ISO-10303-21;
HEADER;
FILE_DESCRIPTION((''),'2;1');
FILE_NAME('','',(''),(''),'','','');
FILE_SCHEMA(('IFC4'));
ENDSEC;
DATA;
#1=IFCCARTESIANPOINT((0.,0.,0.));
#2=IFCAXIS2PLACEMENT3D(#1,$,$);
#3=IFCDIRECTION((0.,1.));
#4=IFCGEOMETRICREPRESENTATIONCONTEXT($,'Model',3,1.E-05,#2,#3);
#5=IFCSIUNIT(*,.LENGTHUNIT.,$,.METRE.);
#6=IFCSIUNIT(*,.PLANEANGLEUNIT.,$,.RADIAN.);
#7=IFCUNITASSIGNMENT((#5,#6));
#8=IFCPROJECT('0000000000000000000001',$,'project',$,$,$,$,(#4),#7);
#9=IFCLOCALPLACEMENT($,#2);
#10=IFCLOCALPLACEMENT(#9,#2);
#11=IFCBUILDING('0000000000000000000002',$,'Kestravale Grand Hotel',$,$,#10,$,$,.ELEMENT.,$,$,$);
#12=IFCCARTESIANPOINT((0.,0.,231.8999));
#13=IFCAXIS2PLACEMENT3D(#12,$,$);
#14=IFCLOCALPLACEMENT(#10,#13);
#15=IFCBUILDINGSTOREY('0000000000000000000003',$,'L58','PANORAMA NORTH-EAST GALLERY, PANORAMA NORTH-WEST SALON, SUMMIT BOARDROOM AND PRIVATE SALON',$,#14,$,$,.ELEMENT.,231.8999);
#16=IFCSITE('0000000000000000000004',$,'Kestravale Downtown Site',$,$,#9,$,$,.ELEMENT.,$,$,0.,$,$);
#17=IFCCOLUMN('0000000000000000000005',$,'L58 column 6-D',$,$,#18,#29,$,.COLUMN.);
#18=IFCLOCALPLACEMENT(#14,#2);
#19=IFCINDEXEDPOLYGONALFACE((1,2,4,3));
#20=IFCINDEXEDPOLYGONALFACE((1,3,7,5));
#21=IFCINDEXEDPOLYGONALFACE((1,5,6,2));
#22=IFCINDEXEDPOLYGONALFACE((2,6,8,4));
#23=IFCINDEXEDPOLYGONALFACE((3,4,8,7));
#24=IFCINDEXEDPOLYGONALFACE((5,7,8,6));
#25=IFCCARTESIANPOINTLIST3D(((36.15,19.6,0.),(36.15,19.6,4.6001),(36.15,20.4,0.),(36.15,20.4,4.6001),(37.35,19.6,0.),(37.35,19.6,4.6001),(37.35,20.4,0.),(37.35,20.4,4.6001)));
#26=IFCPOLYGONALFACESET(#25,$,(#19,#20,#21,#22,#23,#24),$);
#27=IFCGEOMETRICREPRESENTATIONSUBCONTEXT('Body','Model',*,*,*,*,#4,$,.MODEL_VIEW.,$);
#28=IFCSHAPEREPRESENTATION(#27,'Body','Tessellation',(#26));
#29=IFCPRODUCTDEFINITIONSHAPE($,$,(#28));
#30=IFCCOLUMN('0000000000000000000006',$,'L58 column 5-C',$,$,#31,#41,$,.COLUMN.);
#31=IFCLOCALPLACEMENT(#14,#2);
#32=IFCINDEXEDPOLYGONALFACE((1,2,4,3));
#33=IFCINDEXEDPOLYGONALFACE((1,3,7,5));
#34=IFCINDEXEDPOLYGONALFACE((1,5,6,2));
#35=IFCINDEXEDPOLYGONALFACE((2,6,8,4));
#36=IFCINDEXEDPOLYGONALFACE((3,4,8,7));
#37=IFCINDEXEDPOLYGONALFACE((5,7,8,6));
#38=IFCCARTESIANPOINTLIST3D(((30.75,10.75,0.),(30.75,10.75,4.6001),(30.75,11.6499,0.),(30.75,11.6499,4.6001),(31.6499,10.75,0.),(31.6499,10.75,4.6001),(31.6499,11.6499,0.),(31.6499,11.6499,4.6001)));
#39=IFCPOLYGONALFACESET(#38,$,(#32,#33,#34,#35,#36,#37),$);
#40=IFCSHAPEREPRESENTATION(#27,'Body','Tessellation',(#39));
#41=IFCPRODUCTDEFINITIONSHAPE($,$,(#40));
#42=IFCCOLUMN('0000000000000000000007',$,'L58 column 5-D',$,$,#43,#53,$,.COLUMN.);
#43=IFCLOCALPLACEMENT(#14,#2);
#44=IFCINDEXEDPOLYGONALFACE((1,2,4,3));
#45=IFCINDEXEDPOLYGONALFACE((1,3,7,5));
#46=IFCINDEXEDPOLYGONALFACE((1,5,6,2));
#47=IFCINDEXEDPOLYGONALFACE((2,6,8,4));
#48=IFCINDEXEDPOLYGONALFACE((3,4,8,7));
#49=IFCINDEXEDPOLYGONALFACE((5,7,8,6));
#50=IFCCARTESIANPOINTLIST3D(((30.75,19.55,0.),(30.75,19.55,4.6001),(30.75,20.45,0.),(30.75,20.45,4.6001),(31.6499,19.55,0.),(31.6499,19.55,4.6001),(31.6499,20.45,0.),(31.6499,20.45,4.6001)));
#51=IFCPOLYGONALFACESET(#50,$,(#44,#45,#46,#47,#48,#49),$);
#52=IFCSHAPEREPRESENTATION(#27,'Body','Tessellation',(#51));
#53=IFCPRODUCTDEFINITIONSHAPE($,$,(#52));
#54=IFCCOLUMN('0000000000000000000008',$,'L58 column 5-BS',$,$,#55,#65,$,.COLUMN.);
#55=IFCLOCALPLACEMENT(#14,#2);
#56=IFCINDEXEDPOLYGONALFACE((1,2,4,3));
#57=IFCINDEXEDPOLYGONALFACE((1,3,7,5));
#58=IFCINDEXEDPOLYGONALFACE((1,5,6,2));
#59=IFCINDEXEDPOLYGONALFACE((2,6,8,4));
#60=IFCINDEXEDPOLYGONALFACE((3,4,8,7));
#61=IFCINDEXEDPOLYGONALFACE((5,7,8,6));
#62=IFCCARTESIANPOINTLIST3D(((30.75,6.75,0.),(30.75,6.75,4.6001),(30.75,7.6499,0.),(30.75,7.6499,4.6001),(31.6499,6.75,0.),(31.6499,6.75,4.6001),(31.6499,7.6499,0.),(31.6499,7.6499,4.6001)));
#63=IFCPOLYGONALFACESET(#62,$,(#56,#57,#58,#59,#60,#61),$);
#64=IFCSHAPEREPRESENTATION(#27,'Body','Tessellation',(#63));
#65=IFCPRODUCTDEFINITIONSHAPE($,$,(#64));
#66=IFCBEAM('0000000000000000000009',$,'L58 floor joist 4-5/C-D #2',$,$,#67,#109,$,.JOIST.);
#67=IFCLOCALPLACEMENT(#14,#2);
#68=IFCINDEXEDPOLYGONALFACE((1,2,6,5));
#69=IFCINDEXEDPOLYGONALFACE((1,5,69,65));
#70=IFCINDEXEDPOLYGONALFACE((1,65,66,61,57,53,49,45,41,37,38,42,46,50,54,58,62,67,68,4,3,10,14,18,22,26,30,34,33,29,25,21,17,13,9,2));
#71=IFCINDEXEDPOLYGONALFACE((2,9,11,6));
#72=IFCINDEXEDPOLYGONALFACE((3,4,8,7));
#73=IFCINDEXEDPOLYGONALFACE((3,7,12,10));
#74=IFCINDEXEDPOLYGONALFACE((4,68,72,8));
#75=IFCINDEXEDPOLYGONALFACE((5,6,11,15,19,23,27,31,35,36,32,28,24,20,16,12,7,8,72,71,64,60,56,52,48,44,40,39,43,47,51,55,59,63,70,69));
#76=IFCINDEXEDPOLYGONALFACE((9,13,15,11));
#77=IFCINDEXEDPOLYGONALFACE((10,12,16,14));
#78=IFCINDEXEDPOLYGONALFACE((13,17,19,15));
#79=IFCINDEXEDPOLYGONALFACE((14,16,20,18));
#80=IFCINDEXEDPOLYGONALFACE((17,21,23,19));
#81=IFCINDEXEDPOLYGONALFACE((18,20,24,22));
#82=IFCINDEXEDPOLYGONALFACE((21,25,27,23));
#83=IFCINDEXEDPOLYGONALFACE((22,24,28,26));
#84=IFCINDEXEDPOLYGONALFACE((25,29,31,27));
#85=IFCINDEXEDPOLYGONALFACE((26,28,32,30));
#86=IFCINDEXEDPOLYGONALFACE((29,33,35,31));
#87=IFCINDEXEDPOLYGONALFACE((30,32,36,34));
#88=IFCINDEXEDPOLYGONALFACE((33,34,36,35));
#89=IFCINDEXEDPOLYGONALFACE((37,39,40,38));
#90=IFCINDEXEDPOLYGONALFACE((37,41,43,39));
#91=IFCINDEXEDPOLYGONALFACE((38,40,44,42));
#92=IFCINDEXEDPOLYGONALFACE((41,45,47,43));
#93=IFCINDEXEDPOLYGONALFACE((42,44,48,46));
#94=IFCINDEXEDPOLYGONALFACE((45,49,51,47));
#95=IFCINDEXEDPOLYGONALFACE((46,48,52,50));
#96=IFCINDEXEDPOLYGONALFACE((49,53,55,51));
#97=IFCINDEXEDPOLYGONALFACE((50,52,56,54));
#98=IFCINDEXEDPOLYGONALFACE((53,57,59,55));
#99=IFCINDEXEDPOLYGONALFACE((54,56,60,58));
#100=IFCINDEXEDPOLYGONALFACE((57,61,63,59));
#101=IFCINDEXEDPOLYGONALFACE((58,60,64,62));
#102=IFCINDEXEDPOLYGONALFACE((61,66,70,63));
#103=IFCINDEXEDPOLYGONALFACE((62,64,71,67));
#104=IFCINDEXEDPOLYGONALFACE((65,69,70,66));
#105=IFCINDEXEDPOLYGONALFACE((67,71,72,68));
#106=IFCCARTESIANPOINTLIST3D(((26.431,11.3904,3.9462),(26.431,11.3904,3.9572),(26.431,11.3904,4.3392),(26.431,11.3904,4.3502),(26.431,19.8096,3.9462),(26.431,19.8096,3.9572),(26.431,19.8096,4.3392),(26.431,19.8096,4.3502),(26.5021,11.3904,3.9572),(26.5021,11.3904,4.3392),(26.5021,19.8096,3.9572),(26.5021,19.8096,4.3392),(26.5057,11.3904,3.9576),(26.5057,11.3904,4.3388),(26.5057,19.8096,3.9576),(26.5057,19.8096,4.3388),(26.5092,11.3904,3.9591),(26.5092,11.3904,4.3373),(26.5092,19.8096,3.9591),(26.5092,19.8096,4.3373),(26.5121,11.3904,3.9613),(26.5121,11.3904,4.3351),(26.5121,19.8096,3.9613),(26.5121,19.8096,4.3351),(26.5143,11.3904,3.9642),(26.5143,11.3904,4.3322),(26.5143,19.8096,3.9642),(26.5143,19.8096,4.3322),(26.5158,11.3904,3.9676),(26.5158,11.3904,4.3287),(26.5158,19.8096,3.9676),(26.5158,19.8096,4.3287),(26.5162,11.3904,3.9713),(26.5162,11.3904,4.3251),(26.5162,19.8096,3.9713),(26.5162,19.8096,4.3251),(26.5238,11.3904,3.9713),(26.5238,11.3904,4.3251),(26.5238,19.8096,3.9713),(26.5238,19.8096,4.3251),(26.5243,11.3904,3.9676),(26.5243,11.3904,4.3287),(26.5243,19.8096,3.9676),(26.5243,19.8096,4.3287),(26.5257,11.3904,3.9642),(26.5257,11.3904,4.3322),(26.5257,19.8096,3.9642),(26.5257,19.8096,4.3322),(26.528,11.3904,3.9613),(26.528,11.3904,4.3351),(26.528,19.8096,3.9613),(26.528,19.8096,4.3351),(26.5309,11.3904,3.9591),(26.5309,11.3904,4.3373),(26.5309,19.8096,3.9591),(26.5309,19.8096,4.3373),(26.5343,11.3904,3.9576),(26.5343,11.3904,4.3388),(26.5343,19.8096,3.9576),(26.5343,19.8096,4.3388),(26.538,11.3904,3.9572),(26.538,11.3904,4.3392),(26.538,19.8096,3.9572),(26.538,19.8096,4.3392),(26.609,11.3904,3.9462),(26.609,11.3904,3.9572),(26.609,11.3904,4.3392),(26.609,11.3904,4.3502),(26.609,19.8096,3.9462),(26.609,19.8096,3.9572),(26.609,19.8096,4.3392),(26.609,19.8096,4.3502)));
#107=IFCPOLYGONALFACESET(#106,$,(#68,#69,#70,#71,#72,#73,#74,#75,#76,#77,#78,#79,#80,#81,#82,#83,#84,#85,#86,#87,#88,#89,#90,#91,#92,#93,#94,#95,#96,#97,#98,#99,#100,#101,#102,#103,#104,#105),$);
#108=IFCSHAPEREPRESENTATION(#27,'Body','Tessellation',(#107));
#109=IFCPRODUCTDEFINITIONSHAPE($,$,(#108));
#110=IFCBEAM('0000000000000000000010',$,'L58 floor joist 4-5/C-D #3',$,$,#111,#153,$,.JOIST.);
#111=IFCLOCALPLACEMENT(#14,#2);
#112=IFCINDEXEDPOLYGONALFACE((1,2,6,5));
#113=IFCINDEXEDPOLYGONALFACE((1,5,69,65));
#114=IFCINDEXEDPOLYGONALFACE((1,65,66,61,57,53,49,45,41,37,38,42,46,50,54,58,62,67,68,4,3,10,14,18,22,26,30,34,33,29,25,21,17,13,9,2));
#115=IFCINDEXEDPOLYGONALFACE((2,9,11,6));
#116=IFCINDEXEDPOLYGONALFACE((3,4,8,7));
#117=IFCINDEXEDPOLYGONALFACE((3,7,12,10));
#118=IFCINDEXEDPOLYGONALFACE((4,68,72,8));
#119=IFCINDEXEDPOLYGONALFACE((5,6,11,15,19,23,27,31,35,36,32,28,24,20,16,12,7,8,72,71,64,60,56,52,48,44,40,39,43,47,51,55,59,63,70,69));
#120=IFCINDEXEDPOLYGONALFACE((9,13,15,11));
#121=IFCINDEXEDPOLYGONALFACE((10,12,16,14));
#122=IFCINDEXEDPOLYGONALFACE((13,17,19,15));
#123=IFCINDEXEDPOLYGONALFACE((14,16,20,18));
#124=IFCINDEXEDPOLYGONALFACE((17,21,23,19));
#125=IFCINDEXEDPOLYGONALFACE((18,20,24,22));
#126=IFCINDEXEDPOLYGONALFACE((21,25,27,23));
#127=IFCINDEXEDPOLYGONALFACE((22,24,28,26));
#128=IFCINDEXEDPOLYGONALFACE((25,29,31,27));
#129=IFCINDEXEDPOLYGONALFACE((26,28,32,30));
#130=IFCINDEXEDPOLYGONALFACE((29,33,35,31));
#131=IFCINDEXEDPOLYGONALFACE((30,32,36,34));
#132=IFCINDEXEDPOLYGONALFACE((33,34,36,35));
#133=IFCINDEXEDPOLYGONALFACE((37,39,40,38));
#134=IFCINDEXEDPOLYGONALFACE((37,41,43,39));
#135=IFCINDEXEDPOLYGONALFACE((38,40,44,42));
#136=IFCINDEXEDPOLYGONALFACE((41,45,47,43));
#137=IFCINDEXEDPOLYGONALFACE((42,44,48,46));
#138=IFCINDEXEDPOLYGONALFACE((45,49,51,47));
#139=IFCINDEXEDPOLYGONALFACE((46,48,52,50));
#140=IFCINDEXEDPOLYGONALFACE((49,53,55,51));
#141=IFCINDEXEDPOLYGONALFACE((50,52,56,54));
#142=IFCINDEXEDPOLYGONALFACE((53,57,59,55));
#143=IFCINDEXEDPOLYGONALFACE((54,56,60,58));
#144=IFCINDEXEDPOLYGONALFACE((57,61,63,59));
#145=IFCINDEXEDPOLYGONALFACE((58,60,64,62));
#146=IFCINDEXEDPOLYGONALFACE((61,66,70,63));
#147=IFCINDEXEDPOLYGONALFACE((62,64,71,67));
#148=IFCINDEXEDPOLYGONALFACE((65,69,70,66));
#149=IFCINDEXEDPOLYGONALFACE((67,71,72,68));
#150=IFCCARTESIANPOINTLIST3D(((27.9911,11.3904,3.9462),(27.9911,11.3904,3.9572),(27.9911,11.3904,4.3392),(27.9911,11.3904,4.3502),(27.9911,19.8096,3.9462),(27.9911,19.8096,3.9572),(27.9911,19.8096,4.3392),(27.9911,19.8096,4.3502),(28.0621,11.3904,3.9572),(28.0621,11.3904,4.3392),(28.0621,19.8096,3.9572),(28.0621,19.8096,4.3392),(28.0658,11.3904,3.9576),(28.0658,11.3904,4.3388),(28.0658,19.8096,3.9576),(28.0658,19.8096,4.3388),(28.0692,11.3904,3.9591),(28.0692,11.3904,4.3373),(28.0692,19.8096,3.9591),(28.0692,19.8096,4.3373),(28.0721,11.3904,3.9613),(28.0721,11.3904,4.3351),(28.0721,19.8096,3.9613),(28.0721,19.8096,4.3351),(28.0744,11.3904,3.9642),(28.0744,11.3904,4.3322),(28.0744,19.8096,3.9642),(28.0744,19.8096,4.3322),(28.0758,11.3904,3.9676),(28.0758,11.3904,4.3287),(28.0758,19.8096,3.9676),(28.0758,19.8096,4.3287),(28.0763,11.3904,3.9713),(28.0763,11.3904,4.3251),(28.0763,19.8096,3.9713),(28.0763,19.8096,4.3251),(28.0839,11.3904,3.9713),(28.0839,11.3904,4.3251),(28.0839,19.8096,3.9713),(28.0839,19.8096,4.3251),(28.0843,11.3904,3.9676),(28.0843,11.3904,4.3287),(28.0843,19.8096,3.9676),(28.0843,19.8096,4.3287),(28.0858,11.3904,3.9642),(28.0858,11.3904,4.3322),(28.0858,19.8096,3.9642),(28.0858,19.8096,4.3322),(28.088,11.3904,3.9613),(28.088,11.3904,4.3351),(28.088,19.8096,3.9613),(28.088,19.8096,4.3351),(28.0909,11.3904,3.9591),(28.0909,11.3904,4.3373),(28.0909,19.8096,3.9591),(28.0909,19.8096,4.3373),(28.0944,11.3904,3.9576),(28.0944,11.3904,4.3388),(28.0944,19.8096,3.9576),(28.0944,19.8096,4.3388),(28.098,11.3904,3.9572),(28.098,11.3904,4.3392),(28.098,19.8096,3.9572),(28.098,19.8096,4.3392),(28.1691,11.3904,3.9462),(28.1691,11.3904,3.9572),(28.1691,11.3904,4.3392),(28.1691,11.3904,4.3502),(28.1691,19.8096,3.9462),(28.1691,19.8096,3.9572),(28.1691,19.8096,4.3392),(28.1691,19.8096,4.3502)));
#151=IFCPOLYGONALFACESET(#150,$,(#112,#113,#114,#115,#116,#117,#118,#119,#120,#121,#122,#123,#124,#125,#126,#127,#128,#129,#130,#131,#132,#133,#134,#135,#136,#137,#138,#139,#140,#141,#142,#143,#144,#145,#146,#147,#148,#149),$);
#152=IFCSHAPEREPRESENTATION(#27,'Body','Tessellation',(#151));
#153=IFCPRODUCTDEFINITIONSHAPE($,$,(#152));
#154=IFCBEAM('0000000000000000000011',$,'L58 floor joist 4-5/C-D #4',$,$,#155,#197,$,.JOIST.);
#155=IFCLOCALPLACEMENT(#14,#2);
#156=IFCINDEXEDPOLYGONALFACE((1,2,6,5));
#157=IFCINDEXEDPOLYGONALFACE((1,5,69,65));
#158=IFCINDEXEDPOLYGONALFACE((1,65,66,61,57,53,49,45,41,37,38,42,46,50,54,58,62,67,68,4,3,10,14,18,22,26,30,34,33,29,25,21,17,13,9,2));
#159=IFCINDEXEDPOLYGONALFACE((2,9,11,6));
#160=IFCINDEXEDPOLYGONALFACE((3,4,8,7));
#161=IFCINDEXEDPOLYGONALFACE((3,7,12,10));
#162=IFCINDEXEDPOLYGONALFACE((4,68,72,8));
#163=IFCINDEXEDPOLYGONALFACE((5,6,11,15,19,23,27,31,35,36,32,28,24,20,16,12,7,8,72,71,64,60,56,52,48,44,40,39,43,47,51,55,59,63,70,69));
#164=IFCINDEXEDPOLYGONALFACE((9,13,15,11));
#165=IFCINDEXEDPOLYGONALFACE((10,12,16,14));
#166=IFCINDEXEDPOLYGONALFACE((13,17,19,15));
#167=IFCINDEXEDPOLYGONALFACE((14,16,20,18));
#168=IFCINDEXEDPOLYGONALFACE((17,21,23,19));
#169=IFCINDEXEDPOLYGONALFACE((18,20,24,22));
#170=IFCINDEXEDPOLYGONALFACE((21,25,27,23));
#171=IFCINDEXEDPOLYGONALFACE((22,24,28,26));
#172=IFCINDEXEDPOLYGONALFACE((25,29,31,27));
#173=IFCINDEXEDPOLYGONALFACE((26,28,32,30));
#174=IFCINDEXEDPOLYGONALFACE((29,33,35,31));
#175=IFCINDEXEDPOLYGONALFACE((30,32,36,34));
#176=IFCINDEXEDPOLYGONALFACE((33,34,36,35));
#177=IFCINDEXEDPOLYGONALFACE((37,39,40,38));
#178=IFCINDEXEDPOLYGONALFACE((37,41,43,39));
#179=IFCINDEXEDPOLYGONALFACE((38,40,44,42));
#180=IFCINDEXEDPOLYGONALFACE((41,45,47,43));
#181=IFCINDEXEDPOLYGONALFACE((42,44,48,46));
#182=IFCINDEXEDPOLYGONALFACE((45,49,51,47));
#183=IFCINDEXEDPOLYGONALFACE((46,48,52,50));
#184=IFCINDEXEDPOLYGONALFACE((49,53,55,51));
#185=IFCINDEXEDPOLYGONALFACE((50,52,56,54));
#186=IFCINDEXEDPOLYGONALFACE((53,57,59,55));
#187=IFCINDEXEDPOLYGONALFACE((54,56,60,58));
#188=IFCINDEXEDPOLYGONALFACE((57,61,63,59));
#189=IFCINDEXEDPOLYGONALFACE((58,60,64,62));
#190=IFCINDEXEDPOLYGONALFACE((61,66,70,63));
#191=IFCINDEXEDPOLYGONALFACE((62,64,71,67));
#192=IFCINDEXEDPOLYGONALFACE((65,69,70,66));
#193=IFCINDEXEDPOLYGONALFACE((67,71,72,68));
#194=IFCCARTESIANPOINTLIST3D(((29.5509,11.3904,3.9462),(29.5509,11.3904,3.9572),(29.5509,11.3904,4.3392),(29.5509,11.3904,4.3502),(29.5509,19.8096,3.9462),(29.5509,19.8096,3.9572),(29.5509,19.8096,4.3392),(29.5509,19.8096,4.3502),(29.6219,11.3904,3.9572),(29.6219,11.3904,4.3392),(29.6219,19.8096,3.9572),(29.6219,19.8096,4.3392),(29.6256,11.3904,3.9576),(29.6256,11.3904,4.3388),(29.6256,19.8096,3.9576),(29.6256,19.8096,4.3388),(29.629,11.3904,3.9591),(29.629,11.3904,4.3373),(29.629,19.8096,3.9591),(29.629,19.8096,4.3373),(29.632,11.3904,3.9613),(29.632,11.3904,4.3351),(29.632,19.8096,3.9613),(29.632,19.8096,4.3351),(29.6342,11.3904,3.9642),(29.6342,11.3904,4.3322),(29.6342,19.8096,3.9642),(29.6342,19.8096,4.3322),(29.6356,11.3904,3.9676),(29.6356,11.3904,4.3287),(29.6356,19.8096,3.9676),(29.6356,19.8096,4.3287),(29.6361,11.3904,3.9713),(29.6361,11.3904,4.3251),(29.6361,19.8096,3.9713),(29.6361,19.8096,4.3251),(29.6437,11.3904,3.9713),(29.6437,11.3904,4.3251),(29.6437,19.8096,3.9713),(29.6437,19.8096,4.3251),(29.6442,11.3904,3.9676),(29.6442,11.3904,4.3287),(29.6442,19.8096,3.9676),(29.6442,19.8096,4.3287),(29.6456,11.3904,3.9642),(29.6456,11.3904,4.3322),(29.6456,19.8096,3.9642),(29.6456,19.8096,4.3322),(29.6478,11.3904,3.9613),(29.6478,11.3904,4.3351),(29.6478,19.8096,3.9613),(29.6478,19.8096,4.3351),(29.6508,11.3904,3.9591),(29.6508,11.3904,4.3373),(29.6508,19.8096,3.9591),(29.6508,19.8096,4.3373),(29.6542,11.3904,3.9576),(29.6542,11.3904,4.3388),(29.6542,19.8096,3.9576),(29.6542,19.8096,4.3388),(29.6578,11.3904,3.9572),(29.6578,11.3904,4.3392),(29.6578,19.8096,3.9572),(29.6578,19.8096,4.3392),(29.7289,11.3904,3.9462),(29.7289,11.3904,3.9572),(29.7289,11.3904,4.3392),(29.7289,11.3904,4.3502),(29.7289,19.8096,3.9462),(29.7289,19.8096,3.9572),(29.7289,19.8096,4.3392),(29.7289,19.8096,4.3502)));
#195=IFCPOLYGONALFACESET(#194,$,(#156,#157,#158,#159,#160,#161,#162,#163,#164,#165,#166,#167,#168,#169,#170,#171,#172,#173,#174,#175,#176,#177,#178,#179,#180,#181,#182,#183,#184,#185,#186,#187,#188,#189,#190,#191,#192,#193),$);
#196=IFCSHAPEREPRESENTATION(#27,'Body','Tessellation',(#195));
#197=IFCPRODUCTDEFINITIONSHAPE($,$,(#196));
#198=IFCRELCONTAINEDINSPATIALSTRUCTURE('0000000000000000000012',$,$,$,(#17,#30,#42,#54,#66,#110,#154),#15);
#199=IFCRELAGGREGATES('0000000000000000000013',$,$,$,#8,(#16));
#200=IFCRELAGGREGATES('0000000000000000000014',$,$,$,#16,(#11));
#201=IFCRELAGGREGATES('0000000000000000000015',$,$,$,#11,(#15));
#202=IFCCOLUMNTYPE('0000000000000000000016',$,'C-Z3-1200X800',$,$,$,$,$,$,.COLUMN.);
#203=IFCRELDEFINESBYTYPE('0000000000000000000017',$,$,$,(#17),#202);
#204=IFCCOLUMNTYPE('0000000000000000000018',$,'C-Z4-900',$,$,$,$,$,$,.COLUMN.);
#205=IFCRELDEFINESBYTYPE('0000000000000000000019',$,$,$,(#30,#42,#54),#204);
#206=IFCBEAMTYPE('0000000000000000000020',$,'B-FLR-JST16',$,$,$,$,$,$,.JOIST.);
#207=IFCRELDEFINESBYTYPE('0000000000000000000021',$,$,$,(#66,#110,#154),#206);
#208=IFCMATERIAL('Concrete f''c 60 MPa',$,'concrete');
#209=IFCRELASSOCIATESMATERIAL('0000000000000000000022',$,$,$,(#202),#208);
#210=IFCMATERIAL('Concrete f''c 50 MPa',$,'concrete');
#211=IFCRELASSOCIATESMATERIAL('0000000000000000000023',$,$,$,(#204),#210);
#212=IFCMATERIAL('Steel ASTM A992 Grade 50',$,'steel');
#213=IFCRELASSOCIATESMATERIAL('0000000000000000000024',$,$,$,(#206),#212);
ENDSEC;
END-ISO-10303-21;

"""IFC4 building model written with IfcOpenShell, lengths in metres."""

from ifc_helpers import new_model, si_unit, direction, frame, origin, origin_2d, place, context, subcontext, project, spatial, rectangle, i_section, extrude, material, material_profile, profile_set, type_object, element, save


model = new_model("IFC4")

# Units and contexts
model_context = context("Model", 3, precision=1e-05, world=origin(), true_north=direction((0.0, 1.0)))
body_context = subcontext(model_context, "Body", "Model", "MODEL_VIEW")
ifc_project = project(units=[si_unit("LENGTHUNIT", "METRE"), si_unit("PLANEANGLEUNIT", "RADIAN")], contexts=[model_context])

# Site, building, storey
site_placement = place(None, origin())
site = spatial("IfcSite", under=ifc_project, at=site_placement, Name="Kestravale Downtown Site", CompositionType="ELEMENT", RefElevation=0.0)
building_placement = place(site_placement, origin())
building = spatial("IfcBuilding", under=site, at=building_placement, Name="Kestravale Grand Hotel", CompositionType="ELEMENT")
storey_placement = place(building_placement, frame((0.0, 0.0, 231.8999)))
storey = spatial("IfcBuildingStorey", under=building, at=storey_placement, Name="L58", Description="PANORAMA NORTH-EAST GALLERY, PANORAMA NORTH-WEST SALON, SUMMIT BOARDROOM AND PRIVATE SALON", CompositionType="ELEMENT", Elevation=231.8999)

# Columns
ifc_material_1 = material(Name="Concrete f'c 60 MPa", Category="concrete")
ifc_material_profile_1 = material_profile(ifc_material_1, rectangle(XDim=1.2, YDim=0.8, at=origin_2d()))
ifc_profile_set_1 = profile_set([ifc_material_profile_1], Name="Concrete f'c 60 MPa")
column_type_1 = type_object("IfcColumnType", Name="C-Z3-1200X800", PredefinedType="COLUMN", material=ifc_profile_set_1)
column_placement = place(storey_placement, frame((36.75, 20.0, 0.0), z_axis=(0.0, 0.0, 1.0), x_axis=(1.0, 0.0, 0.0)))
element("IfcColumn", 1, at=column_placement, inside=storey, type_object=column_type_1, Name="L58 column 6-D", PredefinedType="COLUMN", context=body_context, shape_type="SweptSolid", body=[
    extrude(rectangle(XDim=1.2, YDim=0.8, at=origin_2d()), origin(), (0.0, 0.0, 1.0), 4.6001),
])
ifc_material_2 = material(Name="Concrete f'c 50 MPa", Category="concrete")
ifc_material_profile_2 = material_profile(ifc_material_2, rectangle(XDim=0.8999, YDim=0.8999, at=origin_2d()))
ifc_profile_set_2 = profile_set([ifc_material_profile_2], Name="Concrete f'c 50 MPa")
column_type_2 = type_object("IfcColumnType", Name="C-Z4-900", PredefinedType="COLUMN", material=ifc_profile_set_2)
for number, where, z_axis, x_axis, name in (
    (2, (31.2, 11.2, 0.0), (0.0, 0.0, 1.0), (1.0, 0.0, 0.0), "L58 column 5-C"),
    (3, (31.2, 20.0, 0.0), (0.0, 0.0, 1.0), (1.0, 0.0, 0.0), "L58 column 5-D"),
    (4, (31.2, 7.2, 0.0), (0.0, 0.0, 1.0), (1.0, 0.0, 0.0), "L58 column 5-BS"),
):
    element("IfcColumn", number, at=place(storey_placement, frame(where, z_axis=z_axis, x_axis=x_axis)), inside=storey, type_object=column_type_2, Name=name, PredefinedType="COLUMN", context=body_context, shape_type="SweptSolid", body=[
        extrude(rectangle(XDim=0.8999, YDim=0.8999, at=origin_2d()), origin(), (0.0, 0.0, 1.0), 4.6001),
    ])

# Beams
ifc_material_3 = material(Name="Steel ASTM A992 Grade 50", Category="steel")
ifc_material_profile_3 = material_profile(ifc_material_3, i_section(OverallWidth=0.178, OverallDepth=0.4041, WebThickness=0.0076, FlangeThickness=0.011, FilletRadius=0.0142, at=origin_2d()))
ifc_profile_set_3 = profile_set([ifc_material_profile_3], Name="Steel ASTM A992 Grade 50")
beam_type_1 = type_object("IfcBeamType", Name="B-FLR-JST16", PredefinedType="JOIST", material=ifc_profile_set_3)
for number, where, z_axis, x_axis, name in (
    (5, (26.52, 11.3904, 4.1482), (0.0, 1.0, 0.0), (-1.0, 0.0, 0.0), "L58 floor joist 4-5/C-D #2"),
    (6, (28.0801, 11.3904, 4.1482), (0.0, 1.0, 0.0), (-1.0, 0.0, 0.0), "L58 floor joist 4-5/C-D #3"),
    (7, (29.6399, 11.3904, 4.1482), (0.0, 1.0, 0.0), (-1.0, 0.0, 0.0), "L58 floor joist 4-5/C-D #4"),
):
    element("IfcBeam", number, at=place(storey_placement, frame(where, z_axis=z_axis, x_axis=x_axis)), inside=storey, type_object=beam_type_1, Name=name, PredefinedType="JOIST", context=body_context, shape_type="SweptSolid", body=[
        extrude(i_section(OverallWidth=0.178, OverallDepth=0.4041, WebThickness=0.0076, FlangeThickness=0.011, FilletRadius=0.0142, at=origin_2d()), origin(), (0.0, 0.0, 1.0), 8.4192),
    ])

save(model, "model.ifc")
